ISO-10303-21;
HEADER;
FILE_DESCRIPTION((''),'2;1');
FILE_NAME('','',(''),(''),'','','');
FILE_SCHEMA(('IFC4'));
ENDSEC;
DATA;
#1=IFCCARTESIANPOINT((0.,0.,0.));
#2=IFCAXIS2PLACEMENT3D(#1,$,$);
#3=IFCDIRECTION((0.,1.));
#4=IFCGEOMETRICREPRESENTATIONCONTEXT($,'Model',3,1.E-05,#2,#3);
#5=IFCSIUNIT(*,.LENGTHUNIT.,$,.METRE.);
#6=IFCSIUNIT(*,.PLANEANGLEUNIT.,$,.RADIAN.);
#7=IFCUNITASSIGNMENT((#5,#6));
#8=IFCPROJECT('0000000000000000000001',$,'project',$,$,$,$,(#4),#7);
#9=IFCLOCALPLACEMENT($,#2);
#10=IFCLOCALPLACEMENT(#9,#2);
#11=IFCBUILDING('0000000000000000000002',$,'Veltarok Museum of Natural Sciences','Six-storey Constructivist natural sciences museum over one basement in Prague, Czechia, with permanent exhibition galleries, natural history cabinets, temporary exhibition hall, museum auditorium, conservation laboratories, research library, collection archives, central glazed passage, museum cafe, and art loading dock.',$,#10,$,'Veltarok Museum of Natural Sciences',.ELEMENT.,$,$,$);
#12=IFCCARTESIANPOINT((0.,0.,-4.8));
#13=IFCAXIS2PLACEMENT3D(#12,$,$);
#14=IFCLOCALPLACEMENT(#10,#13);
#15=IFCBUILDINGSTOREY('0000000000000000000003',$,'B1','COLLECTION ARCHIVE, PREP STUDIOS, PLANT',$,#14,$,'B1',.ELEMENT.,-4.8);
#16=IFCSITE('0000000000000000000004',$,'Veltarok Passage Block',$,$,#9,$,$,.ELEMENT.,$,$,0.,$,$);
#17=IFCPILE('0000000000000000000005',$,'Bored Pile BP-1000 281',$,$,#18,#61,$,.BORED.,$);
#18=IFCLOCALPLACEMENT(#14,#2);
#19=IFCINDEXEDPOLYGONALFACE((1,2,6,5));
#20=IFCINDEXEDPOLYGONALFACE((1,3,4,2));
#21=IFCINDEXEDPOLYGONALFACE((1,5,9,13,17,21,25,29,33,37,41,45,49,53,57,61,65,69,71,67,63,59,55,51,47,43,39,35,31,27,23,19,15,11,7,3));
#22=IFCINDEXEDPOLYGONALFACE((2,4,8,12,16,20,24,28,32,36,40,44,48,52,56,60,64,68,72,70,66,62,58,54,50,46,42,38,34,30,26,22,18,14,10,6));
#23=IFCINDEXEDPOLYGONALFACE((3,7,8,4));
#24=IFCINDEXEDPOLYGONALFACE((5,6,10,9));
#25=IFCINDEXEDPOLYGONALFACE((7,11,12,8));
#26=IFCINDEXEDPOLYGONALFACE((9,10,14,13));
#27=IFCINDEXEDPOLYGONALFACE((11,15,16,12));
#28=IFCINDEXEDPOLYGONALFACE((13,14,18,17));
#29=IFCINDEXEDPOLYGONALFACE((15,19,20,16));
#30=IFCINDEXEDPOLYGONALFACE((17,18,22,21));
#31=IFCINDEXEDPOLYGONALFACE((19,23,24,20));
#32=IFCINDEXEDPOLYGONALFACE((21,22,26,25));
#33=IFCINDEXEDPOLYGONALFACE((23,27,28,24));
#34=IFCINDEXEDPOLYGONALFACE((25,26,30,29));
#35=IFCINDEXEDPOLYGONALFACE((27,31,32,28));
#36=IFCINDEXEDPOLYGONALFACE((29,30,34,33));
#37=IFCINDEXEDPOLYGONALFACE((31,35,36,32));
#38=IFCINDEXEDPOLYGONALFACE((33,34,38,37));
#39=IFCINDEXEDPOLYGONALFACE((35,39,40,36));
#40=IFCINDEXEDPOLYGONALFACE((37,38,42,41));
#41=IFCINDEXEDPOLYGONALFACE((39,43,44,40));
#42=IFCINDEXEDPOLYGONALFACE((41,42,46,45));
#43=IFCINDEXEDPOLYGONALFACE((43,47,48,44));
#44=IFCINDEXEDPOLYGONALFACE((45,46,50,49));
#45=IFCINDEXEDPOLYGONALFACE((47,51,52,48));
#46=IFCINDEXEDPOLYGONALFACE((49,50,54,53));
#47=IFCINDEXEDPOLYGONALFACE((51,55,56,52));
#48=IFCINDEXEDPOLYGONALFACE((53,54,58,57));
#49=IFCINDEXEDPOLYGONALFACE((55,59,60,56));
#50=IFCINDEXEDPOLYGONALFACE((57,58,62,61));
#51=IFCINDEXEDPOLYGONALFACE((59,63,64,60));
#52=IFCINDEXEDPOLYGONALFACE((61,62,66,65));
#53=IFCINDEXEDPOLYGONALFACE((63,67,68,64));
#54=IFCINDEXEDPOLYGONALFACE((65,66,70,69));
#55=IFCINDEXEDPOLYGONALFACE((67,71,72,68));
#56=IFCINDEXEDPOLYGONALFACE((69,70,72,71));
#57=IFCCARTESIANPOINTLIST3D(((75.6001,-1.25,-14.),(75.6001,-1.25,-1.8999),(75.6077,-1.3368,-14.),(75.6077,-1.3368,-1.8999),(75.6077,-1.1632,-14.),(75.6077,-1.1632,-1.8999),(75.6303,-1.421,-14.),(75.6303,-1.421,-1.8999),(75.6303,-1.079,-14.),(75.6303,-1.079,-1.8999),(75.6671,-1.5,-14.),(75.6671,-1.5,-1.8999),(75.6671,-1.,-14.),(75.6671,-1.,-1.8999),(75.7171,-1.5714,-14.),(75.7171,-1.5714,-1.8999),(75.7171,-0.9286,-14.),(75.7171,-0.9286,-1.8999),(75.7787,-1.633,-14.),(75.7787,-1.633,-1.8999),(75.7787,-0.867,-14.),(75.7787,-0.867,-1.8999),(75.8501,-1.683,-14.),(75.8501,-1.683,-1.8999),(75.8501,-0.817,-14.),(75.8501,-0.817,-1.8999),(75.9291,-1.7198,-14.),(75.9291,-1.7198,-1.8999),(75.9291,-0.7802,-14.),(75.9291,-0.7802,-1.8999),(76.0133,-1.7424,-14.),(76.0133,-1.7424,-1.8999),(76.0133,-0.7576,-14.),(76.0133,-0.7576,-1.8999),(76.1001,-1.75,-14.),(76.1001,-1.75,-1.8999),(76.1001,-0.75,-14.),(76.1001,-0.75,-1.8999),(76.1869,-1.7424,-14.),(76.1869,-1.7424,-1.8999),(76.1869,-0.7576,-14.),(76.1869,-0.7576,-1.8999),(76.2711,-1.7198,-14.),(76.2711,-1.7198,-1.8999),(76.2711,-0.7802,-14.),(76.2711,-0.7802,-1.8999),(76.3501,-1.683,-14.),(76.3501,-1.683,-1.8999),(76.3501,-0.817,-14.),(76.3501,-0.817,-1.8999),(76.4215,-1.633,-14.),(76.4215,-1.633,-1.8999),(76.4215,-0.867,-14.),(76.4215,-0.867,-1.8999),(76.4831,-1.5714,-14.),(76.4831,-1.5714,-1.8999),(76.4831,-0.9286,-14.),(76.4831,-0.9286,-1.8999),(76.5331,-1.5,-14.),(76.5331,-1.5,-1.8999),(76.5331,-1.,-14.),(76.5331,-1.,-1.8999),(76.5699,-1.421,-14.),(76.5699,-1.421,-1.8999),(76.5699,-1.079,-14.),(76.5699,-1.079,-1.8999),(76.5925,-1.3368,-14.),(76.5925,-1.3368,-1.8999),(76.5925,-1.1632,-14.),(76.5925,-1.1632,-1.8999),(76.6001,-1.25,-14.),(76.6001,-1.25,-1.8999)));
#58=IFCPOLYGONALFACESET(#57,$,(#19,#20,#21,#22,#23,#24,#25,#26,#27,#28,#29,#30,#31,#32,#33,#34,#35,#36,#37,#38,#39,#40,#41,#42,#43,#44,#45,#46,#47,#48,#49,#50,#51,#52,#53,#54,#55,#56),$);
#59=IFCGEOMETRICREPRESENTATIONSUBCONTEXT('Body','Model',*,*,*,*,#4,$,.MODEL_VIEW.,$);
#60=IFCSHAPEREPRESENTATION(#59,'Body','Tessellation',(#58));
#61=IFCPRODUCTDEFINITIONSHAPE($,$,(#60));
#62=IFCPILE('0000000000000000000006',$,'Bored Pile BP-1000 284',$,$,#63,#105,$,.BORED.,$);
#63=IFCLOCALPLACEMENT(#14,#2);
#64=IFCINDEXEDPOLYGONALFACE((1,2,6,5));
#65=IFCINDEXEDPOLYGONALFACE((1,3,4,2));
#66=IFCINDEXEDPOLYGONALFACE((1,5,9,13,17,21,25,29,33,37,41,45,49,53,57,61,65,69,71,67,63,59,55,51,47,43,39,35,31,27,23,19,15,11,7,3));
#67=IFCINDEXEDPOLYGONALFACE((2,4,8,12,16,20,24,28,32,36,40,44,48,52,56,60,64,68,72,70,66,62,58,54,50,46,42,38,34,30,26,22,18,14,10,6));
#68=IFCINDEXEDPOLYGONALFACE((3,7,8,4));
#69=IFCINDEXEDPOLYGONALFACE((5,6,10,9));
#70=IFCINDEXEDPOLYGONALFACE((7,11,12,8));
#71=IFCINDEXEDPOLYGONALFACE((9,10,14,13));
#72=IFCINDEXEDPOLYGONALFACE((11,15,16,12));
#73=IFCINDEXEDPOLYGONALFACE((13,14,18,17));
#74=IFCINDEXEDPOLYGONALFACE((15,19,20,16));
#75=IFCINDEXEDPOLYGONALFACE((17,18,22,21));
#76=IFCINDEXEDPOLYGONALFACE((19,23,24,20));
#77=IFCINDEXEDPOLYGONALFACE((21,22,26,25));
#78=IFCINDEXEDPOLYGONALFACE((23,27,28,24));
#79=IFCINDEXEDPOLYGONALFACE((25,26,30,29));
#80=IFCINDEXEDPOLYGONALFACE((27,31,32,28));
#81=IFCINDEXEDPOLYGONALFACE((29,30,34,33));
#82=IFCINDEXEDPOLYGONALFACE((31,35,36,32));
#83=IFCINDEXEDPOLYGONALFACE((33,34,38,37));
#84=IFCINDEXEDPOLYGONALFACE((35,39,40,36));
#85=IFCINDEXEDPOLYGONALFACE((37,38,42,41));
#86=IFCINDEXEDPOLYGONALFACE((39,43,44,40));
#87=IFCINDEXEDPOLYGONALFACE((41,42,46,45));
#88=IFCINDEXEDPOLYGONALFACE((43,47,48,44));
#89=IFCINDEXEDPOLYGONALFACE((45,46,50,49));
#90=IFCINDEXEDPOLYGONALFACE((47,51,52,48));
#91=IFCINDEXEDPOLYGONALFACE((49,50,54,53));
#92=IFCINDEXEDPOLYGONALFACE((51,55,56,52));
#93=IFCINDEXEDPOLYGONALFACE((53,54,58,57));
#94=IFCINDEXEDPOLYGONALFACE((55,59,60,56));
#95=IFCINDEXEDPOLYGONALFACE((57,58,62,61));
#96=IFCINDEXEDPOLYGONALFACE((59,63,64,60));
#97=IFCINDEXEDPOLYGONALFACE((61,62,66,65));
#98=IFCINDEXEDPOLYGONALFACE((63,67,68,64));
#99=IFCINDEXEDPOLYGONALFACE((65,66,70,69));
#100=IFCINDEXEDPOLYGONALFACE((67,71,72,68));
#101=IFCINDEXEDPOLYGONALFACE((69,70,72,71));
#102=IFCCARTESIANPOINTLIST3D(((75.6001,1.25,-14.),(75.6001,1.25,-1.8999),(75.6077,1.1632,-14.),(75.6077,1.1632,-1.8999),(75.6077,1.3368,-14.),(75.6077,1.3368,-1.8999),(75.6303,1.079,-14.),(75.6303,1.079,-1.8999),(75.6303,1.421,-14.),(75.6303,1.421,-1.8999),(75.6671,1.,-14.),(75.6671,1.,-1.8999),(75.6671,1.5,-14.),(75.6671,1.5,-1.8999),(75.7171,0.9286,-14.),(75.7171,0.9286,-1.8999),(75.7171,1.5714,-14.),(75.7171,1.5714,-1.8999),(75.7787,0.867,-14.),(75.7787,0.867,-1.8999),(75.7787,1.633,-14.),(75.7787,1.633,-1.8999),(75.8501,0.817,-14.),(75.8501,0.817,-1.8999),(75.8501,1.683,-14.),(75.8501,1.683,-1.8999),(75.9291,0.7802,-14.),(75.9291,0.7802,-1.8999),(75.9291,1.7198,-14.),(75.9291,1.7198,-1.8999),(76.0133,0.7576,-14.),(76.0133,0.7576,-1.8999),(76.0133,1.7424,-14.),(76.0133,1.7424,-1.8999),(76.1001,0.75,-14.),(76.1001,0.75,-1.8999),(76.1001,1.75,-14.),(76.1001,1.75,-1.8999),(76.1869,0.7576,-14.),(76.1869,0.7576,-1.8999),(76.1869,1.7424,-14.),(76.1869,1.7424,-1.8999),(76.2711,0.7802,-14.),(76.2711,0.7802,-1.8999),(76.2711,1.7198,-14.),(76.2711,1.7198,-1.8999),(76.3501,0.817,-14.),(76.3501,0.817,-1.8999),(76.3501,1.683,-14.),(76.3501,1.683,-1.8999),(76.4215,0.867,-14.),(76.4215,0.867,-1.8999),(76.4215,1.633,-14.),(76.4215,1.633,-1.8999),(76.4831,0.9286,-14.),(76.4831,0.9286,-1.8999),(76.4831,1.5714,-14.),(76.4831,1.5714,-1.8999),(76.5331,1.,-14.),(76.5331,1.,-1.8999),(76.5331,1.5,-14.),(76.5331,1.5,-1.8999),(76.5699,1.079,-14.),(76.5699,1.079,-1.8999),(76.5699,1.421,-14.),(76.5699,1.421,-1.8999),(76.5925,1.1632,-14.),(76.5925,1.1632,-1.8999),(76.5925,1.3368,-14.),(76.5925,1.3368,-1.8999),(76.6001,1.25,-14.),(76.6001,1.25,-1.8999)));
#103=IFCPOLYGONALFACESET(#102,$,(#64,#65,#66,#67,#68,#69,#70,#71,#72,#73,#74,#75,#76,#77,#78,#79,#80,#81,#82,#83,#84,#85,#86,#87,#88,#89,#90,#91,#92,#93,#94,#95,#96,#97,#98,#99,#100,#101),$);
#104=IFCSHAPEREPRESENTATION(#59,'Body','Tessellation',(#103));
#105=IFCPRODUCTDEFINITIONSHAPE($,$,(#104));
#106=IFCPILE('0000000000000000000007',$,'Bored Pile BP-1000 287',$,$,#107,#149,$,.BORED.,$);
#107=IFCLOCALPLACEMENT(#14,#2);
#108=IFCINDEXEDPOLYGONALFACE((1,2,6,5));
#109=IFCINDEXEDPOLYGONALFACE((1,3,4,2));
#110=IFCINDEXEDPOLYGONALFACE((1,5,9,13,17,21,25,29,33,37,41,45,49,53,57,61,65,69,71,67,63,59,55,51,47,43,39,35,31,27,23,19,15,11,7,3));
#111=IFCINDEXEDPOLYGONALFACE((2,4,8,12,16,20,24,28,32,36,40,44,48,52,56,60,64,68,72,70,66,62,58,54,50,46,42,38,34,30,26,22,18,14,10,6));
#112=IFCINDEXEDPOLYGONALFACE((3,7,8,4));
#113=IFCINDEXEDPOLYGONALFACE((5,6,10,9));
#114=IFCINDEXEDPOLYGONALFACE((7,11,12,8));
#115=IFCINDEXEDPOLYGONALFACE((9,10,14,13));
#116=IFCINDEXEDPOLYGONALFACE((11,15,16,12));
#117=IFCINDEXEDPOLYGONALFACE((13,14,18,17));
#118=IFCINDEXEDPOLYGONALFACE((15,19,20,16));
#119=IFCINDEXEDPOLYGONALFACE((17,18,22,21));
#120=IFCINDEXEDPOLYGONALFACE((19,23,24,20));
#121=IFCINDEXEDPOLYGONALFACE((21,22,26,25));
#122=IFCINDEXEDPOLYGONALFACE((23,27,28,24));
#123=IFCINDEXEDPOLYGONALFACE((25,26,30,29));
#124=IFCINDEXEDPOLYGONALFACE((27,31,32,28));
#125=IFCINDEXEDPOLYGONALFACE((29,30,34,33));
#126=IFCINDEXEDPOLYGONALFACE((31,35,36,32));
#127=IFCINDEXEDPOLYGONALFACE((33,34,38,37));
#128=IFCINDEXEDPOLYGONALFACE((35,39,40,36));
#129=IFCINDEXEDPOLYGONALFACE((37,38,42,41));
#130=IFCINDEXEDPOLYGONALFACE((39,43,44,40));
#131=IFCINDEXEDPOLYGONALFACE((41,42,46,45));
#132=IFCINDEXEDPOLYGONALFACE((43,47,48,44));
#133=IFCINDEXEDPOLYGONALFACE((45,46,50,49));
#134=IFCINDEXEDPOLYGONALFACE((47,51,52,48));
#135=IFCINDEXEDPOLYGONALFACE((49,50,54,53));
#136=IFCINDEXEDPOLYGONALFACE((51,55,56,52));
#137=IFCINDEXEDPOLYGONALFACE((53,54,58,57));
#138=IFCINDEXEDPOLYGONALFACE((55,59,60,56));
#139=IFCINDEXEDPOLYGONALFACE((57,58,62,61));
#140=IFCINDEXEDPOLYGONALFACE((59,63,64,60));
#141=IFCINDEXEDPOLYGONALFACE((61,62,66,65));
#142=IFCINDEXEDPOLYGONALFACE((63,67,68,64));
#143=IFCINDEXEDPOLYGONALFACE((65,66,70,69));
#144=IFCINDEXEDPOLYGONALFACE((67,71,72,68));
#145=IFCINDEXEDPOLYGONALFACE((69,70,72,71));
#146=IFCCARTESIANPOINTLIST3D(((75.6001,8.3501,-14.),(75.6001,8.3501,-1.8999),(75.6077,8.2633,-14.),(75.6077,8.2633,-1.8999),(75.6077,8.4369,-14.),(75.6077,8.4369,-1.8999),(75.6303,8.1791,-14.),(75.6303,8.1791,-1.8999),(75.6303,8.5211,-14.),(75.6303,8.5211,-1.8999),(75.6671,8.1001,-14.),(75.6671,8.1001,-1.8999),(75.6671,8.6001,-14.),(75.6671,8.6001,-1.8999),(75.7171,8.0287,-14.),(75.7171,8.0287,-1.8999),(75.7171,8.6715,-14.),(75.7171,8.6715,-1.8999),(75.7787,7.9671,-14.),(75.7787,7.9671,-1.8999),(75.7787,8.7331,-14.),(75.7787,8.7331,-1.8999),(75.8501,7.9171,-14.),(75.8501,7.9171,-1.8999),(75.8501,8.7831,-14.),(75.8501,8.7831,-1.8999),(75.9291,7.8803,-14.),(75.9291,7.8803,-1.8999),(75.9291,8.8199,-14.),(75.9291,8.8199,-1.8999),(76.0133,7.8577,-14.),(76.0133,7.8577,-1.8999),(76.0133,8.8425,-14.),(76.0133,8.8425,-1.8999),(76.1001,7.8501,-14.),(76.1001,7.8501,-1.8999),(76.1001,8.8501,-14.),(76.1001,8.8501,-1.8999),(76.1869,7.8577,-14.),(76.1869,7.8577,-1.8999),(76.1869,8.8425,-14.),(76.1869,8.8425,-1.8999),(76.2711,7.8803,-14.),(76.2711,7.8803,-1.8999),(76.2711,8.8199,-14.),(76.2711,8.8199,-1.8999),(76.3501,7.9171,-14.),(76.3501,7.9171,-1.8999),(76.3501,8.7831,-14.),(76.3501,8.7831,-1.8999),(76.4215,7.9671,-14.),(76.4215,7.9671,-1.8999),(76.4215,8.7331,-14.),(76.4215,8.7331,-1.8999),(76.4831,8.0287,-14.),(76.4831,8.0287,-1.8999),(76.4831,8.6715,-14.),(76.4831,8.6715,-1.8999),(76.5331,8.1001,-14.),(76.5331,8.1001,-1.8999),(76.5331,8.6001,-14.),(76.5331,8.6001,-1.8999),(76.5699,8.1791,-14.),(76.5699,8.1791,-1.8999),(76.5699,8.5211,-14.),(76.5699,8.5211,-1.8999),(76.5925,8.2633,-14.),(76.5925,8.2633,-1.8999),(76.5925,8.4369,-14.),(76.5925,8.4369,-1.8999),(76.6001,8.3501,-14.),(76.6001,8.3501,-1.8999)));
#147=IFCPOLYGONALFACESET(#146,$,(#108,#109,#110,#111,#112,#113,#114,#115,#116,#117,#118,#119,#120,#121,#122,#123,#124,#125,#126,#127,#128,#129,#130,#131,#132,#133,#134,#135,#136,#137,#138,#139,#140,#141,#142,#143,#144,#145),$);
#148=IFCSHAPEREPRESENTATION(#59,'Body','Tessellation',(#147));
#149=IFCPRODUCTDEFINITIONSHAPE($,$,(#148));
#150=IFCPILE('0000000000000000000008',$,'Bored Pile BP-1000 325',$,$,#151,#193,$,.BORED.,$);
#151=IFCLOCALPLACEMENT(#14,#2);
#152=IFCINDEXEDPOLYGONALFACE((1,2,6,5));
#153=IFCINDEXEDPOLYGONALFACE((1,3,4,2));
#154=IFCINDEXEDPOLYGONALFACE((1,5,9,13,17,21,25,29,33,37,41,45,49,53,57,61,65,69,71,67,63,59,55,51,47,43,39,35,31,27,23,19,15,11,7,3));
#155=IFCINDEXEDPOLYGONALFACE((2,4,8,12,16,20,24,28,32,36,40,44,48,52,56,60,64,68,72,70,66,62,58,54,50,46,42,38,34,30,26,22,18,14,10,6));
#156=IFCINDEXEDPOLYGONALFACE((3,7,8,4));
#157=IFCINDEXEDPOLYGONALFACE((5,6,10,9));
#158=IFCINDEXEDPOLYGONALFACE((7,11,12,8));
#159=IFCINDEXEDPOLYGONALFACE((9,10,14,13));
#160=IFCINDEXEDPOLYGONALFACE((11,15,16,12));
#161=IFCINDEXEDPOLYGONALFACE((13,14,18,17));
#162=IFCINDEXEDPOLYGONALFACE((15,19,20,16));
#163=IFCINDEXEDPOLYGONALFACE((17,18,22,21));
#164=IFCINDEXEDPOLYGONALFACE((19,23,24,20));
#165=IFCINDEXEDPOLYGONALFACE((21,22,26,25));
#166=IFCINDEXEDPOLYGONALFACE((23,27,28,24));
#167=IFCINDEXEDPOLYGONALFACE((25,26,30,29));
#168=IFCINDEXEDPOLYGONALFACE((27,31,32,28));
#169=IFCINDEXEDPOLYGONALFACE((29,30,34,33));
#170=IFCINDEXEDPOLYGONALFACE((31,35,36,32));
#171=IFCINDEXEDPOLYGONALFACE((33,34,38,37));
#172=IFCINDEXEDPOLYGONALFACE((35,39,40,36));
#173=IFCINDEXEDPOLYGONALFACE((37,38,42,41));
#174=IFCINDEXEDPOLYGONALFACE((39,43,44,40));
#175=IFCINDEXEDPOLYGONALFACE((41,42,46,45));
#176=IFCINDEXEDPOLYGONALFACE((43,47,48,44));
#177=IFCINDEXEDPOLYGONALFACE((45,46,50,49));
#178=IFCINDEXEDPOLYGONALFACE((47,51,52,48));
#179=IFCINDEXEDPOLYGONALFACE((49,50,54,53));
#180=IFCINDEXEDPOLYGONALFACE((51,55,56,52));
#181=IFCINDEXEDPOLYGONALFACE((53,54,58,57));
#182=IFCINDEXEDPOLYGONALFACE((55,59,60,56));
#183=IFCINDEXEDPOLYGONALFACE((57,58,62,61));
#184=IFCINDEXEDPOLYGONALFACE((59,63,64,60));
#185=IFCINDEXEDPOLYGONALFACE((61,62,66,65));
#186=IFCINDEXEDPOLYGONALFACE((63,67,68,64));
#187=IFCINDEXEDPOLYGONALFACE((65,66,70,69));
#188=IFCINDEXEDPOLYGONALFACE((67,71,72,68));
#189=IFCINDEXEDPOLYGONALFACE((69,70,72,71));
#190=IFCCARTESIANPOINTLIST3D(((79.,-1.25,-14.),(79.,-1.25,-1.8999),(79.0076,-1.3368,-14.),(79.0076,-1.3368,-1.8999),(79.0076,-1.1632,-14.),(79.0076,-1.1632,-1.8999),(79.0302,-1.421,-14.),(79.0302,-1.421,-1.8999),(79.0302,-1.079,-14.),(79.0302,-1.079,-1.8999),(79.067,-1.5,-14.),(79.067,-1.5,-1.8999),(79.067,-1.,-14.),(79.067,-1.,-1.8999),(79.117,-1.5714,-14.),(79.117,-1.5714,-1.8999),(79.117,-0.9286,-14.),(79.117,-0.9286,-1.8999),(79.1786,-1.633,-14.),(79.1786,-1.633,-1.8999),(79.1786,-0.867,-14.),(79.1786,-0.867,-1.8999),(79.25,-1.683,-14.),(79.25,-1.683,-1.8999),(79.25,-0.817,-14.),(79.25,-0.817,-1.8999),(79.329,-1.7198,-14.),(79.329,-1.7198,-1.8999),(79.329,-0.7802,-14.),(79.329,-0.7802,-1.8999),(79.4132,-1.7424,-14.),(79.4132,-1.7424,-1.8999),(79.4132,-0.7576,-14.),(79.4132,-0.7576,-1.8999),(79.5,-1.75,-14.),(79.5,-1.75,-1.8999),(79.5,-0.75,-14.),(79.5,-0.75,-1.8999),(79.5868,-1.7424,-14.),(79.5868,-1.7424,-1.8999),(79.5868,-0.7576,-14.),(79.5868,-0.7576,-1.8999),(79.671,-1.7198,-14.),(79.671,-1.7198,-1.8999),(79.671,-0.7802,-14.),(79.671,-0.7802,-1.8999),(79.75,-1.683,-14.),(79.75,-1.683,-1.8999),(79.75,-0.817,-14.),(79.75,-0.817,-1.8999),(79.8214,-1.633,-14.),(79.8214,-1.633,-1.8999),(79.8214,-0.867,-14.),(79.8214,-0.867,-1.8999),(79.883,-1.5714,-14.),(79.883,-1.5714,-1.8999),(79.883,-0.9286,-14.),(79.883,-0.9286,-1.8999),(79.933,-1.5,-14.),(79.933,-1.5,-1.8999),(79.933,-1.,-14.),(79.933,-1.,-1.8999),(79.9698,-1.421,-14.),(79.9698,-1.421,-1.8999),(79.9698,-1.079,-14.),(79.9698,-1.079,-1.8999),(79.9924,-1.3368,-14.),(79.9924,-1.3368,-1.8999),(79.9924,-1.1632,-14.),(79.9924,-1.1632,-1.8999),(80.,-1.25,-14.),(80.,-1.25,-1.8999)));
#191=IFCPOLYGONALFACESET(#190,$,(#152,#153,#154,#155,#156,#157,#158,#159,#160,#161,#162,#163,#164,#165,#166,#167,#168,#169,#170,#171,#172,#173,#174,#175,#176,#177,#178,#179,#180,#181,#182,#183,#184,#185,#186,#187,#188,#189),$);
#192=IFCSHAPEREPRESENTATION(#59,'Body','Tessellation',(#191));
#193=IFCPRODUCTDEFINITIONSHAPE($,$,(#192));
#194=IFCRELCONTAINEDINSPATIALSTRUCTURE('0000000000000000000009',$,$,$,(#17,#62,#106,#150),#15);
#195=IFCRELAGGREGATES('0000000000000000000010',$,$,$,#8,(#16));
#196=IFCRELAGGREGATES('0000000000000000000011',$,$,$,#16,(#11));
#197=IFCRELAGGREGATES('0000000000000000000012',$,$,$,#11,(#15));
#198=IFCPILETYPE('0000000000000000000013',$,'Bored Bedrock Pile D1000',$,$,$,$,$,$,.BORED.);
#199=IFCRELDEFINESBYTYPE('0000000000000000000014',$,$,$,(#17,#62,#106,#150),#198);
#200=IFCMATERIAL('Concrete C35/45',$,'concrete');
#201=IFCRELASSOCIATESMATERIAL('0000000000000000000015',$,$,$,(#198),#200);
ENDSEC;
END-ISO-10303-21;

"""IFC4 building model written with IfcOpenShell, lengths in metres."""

from ifc_helpers import new_model, si_unit, direction, frame, origin, origin_2d, place, context, subcontext, project, spatial, circle, extrude, material, material_profile, profile_set, type_object, element, save


model = new_model("IFC4")

# Units and contexts
model_context = context("Model", 3, precision=1e-05, world=origin(), true_north=direction((0.0, 1.0)))
body_context = subcontext(model_context, "Body", "Model", "MODEL_VIEW")
ifc_project = project(units=[si_unit("LENGTHUNIT", "METRE"), si_unit("PLANEANGLEUNIT", "RADIAN")], contexts=[model_context])

# Site, building, storey
site_placement = place(None, origin())
site = spatial("IfcSite", under=ifc_project, at=site_placement, Name="Veltarok Passage Block", CompositionType="ELEMENT", RefElevation=0.0)
building_placement = place(site_placement, origin())
building = spatial("IfcBuilding", under=site, at=building_placement, Name="Veltarok Museum of Natural Sciences", Description="Six-storey Constructivist natural sciences museum over one basement in Prague, Czechia, with permanent exhibition galleries, natural history cabinets, temporary exhibition hall, museum auditorium, conservation laboratories, research library, collection archives, central glazed passage, museum cafe, and art loading dock.", LongName="Veltarok Museum of Natural Sciences", CompositionType="ELEMENT")
storey_placement = place(building_placement, frame((0.0, 0.0, -4.8)))
storey = spatial("IfcBuildingStorey", under=building, at=storey_placement, Name="B1", Description="COLLECTION ARCHIVE, PREP STUDIOS, PLANT", LongName="B1", CompositionType="ELEMENT", Elevation=-4.8)

# Piles
ifc_material_1 = material(Name="Concrete C35/45", Category="concrete")
ifc_material_profile_1 = material_profile(ifc_material_1, circle(Radius=0.5, at=origin_2d()), Name="BP D1000")
ifc_profile_set_1 = profile_set([ifc_material_profile_1], Name="Concrete C35/45")
pile_type = type_object("IfcPileType", Name="Bored Bedrock Pile D1000", PredefinedType="BORED", material=ifc_profile_set_1)
for number, where, z_axis, x_axis, name in (
    (1, (76.1001, -1.25, -1.8999), (0.0, 0.0, -1.0), (1.0, 0.0, 0.0), "Bored Pile BP-1000 281"),
    (2, (76.1001, 1.25, -1.8999), (0.0, 0.0, -1.0), (1.0, 0.0, 0.0), "Bored Pile BP-1000 284"),
    (3, (76.1001, 8.3501, -1.8999), (0.0, 0.0, -1.0), (1.0, 0.0, 0.0), "Bored Pile BP-1000 287"),
    (4, (79.5, -1.25, -1.8999), (0.0, 0.0, -1.0), (1.0, 0.0, 0.0), "Bored Pile BP-1000 325"),
):
    element("IfcPile", number, at=place(storey_placement, frame(where, z_axis=z_axis, x_axis=x_axis)), inside=storey, type_object=pile_type, Name=name, PredefinedType="BORED", context=body_context, shape_type="SweptSolid", body=[
        extrude(circle(Radius=0.5, at=origin_2d()), origin(), (0.0, 0.0, 1.0), 12.1001),
    ])

save(model, "model.ifc")
